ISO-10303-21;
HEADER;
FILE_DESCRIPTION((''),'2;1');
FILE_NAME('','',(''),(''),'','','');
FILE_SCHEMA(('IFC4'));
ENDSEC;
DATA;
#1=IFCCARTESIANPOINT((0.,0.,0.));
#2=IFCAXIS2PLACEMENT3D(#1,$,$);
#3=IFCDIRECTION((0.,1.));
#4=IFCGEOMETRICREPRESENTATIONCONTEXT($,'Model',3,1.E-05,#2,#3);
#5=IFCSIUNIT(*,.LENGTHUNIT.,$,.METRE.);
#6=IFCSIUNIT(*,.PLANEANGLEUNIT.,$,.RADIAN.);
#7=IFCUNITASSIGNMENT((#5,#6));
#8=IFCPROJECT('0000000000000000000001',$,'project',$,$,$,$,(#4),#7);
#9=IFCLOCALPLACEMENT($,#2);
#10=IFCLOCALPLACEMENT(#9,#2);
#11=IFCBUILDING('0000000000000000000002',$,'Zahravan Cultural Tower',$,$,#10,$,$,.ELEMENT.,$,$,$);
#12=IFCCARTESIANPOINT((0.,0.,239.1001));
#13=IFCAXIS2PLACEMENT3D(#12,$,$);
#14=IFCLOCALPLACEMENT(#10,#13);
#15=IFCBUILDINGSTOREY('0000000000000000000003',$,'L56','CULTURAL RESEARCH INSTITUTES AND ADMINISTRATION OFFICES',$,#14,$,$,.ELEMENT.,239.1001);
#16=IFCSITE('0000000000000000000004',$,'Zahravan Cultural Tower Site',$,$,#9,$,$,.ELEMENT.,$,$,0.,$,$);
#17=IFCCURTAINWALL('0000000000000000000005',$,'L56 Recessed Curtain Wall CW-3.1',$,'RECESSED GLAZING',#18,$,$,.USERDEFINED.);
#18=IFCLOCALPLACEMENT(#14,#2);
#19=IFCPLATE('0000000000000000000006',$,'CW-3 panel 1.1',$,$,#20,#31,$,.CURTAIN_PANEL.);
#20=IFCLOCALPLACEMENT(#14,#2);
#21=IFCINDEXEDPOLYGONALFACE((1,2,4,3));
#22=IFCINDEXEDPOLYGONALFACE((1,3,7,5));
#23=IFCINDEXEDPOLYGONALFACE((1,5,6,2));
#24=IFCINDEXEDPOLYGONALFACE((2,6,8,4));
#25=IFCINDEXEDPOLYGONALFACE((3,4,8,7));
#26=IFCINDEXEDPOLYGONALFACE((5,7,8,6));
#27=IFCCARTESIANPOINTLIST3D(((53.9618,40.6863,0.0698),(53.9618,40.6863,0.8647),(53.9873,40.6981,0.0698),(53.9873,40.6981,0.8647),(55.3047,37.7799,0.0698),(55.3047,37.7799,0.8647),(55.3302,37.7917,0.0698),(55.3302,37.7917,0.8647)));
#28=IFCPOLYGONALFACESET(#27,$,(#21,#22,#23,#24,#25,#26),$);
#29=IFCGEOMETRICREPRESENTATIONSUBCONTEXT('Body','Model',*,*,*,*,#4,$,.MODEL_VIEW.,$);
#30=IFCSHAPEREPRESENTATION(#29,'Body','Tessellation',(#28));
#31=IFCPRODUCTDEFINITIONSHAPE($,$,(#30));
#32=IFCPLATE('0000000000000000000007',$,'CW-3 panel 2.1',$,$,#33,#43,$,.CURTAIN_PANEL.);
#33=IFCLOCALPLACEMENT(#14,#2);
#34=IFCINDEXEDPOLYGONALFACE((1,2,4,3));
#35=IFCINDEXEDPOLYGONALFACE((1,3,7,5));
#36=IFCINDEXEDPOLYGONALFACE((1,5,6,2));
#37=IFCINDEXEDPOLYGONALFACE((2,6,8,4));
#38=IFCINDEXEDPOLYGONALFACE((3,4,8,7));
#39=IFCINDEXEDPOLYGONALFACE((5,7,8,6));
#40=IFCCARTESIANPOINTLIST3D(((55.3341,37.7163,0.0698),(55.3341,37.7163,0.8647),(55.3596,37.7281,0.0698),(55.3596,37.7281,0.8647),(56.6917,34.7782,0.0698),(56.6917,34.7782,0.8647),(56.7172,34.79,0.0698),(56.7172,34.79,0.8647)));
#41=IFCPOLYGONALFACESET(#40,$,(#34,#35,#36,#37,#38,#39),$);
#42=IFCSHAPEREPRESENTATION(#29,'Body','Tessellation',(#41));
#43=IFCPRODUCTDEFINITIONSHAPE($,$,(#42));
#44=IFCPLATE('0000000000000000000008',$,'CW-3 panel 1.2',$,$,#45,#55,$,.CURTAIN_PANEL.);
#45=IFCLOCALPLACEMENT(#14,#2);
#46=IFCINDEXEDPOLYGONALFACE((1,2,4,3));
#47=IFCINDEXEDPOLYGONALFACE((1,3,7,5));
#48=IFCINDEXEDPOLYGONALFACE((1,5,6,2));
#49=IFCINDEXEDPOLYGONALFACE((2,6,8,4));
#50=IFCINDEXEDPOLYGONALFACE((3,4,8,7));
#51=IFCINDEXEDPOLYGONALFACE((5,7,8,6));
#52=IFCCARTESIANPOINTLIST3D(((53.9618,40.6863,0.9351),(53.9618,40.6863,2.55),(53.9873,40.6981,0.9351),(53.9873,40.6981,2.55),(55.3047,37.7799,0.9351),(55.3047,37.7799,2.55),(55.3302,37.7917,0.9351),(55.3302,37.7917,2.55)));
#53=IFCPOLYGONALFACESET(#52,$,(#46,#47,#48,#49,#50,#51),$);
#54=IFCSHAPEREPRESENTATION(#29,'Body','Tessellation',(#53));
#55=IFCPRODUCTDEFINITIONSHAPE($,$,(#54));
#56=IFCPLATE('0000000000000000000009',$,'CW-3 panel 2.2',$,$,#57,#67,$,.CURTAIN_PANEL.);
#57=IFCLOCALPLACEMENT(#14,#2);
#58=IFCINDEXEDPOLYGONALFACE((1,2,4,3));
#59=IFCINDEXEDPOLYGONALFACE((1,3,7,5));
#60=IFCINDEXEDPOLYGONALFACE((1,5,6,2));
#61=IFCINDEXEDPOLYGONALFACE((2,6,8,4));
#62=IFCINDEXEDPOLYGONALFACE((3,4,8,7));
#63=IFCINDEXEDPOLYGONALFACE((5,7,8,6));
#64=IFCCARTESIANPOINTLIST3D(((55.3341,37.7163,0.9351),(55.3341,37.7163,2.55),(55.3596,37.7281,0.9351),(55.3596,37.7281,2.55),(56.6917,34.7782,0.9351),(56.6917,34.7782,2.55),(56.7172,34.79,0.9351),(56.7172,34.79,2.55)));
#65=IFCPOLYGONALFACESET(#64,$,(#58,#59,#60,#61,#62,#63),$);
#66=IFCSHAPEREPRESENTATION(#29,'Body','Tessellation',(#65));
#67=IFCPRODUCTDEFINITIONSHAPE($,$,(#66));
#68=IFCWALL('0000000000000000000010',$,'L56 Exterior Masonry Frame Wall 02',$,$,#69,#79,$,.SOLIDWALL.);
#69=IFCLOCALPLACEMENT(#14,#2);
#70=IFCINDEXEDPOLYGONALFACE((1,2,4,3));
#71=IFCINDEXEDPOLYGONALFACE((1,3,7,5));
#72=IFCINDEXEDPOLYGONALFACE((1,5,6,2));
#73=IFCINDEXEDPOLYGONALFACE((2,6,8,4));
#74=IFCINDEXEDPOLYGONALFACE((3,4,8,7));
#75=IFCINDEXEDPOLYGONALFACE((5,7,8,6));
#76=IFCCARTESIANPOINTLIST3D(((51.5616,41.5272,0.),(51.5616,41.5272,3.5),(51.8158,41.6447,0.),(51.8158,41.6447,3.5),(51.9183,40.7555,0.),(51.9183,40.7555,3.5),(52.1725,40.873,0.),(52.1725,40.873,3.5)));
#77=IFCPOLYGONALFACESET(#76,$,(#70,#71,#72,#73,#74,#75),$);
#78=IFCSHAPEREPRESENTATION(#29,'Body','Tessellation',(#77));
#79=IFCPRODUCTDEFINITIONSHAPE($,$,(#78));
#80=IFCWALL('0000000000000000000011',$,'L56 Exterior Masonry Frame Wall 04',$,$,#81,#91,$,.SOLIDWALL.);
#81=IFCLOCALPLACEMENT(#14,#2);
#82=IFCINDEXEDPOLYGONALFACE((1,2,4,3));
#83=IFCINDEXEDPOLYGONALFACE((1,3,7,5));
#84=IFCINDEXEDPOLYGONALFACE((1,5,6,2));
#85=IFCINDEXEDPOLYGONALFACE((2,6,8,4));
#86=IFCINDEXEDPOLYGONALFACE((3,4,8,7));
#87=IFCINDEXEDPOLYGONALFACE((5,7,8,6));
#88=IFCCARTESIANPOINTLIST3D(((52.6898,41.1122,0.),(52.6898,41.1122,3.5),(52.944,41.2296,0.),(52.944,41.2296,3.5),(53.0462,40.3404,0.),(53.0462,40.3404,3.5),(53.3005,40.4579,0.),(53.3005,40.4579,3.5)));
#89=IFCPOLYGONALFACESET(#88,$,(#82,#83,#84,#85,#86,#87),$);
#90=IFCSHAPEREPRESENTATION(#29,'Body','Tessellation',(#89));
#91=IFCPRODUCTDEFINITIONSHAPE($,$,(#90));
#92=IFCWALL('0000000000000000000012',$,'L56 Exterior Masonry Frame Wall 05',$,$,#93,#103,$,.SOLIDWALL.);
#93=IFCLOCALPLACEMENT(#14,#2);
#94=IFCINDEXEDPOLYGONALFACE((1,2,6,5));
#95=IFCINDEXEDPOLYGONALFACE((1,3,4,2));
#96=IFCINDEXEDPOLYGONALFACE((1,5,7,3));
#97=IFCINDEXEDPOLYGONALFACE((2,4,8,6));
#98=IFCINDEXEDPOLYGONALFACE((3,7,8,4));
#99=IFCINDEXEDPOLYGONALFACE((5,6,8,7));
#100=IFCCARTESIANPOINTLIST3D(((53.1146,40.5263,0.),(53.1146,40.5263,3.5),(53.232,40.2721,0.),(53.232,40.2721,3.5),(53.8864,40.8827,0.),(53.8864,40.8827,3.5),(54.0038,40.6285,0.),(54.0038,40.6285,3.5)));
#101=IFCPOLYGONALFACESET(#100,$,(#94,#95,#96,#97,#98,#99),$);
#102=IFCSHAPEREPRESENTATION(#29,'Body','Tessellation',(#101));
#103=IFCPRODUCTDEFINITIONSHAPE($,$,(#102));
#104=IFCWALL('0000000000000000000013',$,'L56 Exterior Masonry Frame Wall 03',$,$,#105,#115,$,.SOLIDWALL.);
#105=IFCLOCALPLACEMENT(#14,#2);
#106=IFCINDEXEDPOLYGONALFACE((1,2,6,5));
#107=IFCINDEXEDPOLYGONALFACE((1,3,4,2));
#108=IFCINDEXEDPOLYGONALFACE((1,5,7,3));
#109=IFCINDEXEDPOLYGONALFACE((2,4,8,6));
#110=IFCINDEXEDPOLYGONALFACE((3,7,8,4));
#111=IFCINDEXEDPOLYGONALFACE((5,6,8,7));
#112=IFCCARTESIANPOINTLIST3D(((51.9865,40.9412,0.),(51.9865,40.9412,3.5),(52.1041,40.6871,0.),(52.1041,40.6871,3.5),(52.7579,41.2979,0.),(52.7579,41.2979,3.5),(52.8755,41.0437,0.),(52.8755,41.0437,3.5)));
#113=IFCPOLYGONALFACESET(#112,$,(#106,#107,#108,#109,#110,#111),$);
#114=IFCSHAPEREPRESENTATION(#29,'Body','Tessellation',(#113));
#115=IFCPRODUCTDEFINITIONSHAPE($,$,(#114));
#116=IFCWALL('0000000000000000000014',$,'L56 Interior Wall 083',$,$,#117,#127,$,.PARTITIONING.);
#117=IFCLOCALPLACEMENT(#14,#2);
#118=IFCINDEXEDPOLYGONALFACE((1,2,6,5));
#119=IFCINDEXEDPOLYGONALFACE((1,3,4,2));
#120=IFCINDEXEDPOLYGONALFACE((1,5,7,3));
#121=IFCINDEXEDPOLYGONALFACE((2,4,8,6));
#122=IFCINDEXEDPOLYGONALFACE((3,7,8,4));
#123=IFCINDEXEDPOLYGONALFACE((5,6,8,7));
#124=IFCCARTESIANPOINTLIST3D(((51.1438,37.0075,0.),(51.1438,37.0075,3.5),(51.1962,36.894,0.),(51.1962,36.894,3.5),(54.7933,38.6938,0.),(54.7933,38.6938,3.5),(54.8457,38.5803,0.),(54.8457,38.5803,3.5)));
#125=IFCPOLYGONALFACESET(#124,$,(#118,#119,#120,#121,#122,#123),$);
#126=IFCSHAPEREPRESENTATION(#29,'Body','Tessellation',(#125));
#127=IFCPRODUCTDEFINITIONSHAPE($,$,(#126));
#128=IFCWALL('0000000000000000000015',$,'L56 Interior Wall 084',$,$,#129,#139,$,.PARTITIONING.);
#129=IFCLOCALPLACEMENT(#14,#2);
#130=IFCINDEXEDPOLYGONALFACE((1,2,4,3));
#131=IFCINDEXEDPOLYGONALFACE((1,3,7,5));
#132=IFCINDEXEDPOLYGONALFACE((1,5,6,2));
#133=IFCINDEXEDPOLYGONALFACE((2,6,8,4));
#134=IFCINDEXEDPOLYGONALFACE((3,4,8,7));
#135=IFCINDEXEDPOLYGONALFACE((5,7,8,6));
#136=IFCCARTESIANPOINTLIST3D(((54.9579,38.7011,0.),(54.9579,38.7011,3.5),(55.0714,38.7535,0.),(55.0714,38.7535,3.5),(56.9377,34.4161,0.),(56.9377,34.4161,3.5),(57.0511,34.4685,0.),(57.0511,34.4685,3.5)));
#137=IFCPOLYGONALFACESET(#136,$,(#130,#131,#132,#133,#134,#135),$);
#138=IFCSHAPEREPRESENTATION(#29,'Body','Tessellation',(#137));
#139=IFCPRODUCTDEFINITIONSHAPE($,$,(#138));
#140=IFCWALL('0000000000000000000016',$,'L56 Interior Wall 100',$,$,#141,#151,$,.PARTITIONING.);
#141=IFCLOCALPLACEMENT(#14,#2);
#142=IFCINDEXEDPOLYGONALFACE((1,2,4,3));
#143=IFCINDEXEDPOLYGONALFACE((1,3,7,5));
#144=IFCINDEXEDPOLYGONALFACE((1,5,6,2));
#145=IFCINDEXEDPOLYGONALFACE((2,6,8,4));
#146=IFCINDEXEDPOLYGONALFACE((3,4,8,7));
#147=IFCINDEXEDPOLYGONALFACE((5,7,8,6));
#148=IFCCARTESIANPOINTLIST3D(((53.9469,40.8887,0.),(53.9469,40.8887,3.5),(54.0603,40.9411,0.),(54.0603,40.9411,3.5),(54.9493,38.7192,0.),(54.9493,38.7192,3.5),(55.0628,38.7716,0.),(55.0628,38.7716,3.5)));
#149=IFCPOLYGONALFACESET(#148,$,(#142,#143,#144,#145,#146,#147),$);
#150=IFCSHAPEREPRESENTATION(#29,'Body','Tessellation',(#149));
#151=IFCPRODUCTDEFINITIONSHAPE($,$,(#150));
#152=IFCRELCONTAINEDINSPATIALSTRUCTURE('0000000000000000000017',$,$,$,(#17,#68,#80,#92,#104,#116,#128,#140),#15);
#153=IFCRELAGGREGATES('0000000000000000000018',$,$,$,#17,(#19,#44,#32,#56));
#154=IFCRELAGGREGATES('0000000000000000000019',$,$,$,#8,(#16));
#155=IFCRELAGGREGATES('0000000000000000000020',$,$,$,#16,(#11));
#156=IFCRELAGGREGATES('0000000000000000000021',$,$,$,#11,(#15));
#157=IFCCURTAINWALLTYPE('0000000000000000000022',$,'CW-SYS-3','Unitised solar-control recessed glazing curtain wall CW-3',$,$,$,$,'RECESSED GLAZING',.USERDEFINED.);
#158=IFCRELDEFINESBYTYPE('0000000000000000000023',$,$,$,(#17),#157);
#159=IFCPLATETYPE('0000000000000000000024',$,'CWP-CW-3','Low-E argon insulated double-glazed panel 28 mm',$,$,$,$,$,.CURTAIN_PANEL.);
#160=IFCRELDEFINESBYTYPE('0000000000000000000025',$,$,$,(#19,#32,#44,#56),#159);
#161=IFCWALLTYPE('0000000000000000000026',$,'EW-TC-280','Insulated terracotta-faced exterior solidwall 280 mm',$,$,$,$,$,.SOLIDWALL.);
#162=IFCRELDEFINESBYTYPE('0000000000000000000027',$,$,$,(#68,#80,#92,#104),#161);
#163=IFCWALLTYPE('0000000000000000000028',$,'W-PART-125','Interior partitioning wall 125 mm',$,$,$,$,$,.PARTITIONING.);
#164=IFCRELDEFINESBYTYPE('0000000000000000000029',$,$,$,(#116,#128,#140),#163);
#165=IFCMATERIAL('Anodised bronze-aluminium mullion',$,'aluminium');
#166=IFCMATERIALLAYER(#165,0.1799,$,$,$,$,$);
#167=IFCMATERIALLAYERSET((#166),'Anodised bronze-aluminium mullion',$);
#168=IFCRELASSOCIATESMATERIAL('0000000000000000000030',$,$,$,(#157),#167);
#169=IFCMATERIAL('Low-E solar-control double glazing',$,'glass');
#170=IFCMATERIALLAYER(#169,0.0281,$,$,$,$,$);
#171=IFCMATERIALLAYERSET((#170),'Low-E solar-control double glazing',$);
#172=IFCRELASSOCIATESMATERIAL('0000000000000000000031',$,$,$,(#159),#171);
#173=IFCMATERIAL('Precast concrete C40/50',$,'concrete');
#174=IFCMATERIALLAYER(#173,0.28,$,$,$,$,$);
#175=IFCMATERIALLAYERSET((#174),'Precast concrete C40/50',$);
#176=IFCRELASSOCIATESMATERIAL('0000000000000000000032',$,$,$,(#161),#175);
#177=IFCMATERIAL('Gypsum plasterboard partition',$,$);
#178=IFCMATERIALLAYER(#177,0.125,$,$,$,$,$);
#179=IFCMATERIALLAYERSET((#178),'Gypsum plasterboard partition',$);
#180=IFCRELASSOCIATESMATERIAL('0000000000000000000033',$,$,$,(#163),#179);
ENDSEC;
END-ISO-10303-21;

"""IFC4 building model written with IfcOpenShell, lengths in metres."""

from ifc_helpers import new_model, si_unit, direction, frame, frame_2d, origin, origin_2d, place, context, subcontext, project, spatial, rectangle, extrude, source, transform, mapped, material, layer, layer_set, type_object, element, aggregate, save


model = new_model("IFC4")

# Units and contexts
model_context = context("Model", 3, precision=1e-05, world=origin(), true_north=direction((0.0, 1.0)))
body_context = subcontext(model_context, "Body", "Model", "MODEL_VIEW")
ifc_project = project(units=[si_unit("LENGTHUNIT", "METRE"), si_unit("PLANEANGLEUNIT", "RADIAN")], contexts=[model_context])

# Site, building, storey
site_placement = place(None, origin())
site = spatial("IfcSite", under=ifc_project, at=site_placement, Name="Zahravan Cultural Tower Site", CompositionType="ELEMENT", RefElevation=0.0)
building_placement = place(site_placement, origin())
building = spatial("IfcBuilding", under=site, at=building_placement, Name="Zahravan Cultural Tower", CompositionType="ELEMENT")
storey_placement = place(building_placement, frame((0.0, 0.0, 239.1001)))
storey = spatial("IfcBuildingStorey", under=building, at=storey_placement, Name="L56", Description="CULTURAL RESEARCH INSTITUTES AND ADMINISTRATION OFFICES", CompositionType="ELEMENT", Elevation=239.1001)

# Curtain wall, plates
ifc_material_1 = material(Name="Anodised bronze-aluminium mullion", Category="aluminium")
ifc_layer_1 = layer(ifc_material_1, 0.1799)
ifc_layer_set_1 = layer_set([ifc_layer_1], Name="Anodised bronze-aluminium mullion")
curtain_wall_type = type_object("IfcCurtainWallType", Name="CW-SYS-3", Description="Unitised solar-control recessed glazing curtain wall CW-3", ElementType="RECESSED GLAZING", PredefinedType="USERDEFINED", material=ifc_layer_set_1)
curtain_wall_placement = place(storey_placement, origin())
curtain_wall = element("IfcCurtainWall", 1, at=curtain_wall_placement, inside=storey, type_object=curtain_wall_type, Name="L56 Recessed Curtain Wall CW-3.1", ObjectType="RECESSED GLAZING", PredefinedType="USERDEFINED")
ifc_material_2 = material(Name="Low-E solar-control double glazing", Category="glass")
ifc_layer_2 = layer(ifc_material_2, 0.0281)
ifc_layer_set_2 = layer_set([ifc_layer_2], Name="Low-E solar-control double glazing")
plate_type = type_object("IfcPlateType", Name="CWP-CW-3", Description="Low-E argon insulated double-glazed panel 28 mm", PredefinedType="CURTAIN_PANEL", material=ifc_layer_set_2)
shared_shape_1 = source(origin(), body_context, "Body", "SweptSolid", [
    extrude(rectangle(XDim=3.2017, YDim=0.0281, at=origin_2d()), origin(), (0.0, 0.0, 1.0), 0.7949),
])
plate_1_placement = place(storey_placement, frame((54.646, 39.239, 0.0698), z_axis=(0.0, 0.0, 1.0), x_axis=(0.419457, -0.907775, 0.0)))
plate_1 = element("IfcPlate", 2, at=plate_1_placement, type_object=plate_type, Name="CW-3 panel 1.1", PredefinedType="CURTAIN_PANEL", context=body_context, shape_type="MappedRepresentation", body=[
    mapped(shared_shape_1, transform((0.0, 0.0, 0.0), x_axis=(1.0, 0.0, 0.0), y_axis=(0.0, 1.0, 0.0), z_axis=(0.0, 0.0, 1.0), scale=1.0)),
])
shared_shape_2 = source(origin(), body_context, "Body", "SweptSolid", [
    extrude(rectangle(XDim=3.2366, YDim=0.0281, at=origin_2d()), origin(), (0.0, 0.0, 1.0), 0.7949),
])
plate_2_placement = place(storey_placement, frame((56.0256, 36.2532, 0.0698), z_axis=(0.0, 0.0, 1.0), x_axis=(0.419457, -0.907775, 0.0)))
plate_2 = element("IfcPlate", 3, at=plate_2_placement, type_object=plate_type, Name="CW-3 panel 2.1", PredefinedType="CURTAIN_PANEL", context=body_context, shape_type="MappedRepresentation", body=[
    mapped(shared_shape_2, transform((0.0, 0.0, 0.0), x_axis=(1.0, 0.0, 0.0), y_axis=(0.0, 1.0, 0.0), z_axis=(0.0, 0.0, 1.0), scale=1.0)),
])
shared_shape_3 = source(origin(), body_context, "Body", "SweptSolid", [
    extrude(rectangle(XDim=3.2017, YDim=0.0281, at=origin_2d()), origin(), (0.0, 0.0, 1.0), 1.615),
])
plate_3_placement = place(storey_placement, frame((54.646, 39.239, 0.9351), z_axis=(0.0, 0.0, 1.0), x_axis=(0.419457, -0.907775, 0.0)))
plate_3 = element("IfcPlate", 4, at=plate_3_placement, type_object=plate_type, Name="CW-3 panel 1.2", PredefinedType="CURTAIN_PANEL", context=body_context, shape_type="MappedRepresentation", body=[
    mapped(shared_shape_3, transform((0.0, 0.0, 0.0), x_axis=(1.0, 0.0, 0.0), y_axis=(0.0, 1.0, 0.0), z_axis=(0.0, 0.0, 1.0), scale=1.0)),
])
shared_shape_4 = source(origin(), body_context, "Body", "SweptSolid", [
    extrude(rectangle(XDim=3.2366, YDim=0.0281, at=origin_2d()), origin(), (0.0, 0.0, 1.0), 1.615),
])
plate_4_placement = place(storey_placement, frame((56.0256, 36.2532, 0.9351), z_axis=(0.0, 0.0, 1.0), x_axis=(0.419457, -0.907775, 0.0)))
plate_4 = element("IfcPlate", 5, at=plate_4_placement, type_object=plate_type, Name="CW-3 panel 2.2", PredefinedType="CURTAIN_PANEL", context=body_context, shape_type="MappedRepresentation", body=[
    mapped(shared_shape_4, transform((0.0, 0.0, 0.0), x_axis=(1.0, 0.0, 0.0), y_axis=(0.0, 1.0, 0.0), z_axis=(0.0, 0.0, 1.0), scale=1.0)),
])
aggregate(curtain_wall, [plate_1, plate_3, plate_2, plate_4])

# Walls
ifc_material_3 = material(Name="Precast concrete C40/50", Category="concrete")
ifc_layer_3 = layer(ifc_material_3, 0.28)
ifc_layer_set_3 = layer_set([ifc_layer_3], Name="Precast concrete C40/50")
wall_type_1 = type_object("IfcWallType", Name="EW-TC-280", Description="Insulated terracotta-faced exterior solidwall 280 mm", PredefinedType="SOLIDWALL", material=ifc_layer_set_3)
shared_shape_5 = source(origin(), body_context, "Body", "SweptSolid", [
    extrude(rectangle(XDim=0.8501, YDim=0.28, at=frame_2d((0.425, 0.0))), origin(), (0.0, 0.0, 1.0), 3.5),
])
for number, where, z_axis, x_axis, name in (
    (6, (51.6887, 41.5859, 0.0), (0.0, 0.0, 1.0), (0.41955, -0.907732, 0.0), "L56 Exterior Masonry Frame Wall 02"),
    (7, (52.8169, 41.1709, 0.0), (0.0, 0.0, 1.0), (0.419313, -0.907842, 0.0), "L56 Exterior Masonry Frame Wall 04"),
    (8, (53.1733, 40.3992, 0.0), (0.0, 0.0, 1.0), (0.907842, 0.419313, 0.0), "L56 Exterior Masonry Frame Wall 05"),
):
    element("IfcWall", number, at=place(storey_placement, frame(where, z_axis=z_axis, x_axis=x_axis)), inside=storey, type_object=wall_type_1, Name=name, PredefinedType="SOLIDWALL", context=body_context, shape_type="MappedRepresentation", body=[
        mapped(shared_shape_5, transform((0.0, 0.0, 0.0), x_axis=(1.0, 0.0, 0.0), y_axis=(0.0, 1.0, 0.0), z_axis=(0.0, 0.0, 1.0), scale=1.0)),
    ])
shared_shape_6 = source(origin(), body_context, "Body", "SweptSolid", [
    extrude(rectangle(XDim=0.8499, YDim=0.28, at=frame_2d((0.4248, 0.0))), origin(), (0.0, 0.0, 1.0), 3.5),
])
wall_1_placement = place(storey_placement, frame((52.0454, 40.8142, 0.0), z_axis=(0.0, 0.0, 1.0), x_axis=(0.907682, 0.419659, 0.0)))
element("IfcWall", 9, at=wall_1_placement, inside=storey, type_object=wall_type_1, Name="L56 Exterior Masonry Frame Wall 03", PredefinedType="SOLIDWALL", context=body_context, shape_type="MappedRepresentation", body=[
    mapped(shared_shape_6, transform((0.0, 0.0, 0.0), x_axis=(1.0, 0.0, 0.0), y_axis=(0.0, 1.0, 0.0), z_axis=(0.0, 0.0, 1.0), scale=1.0)),
])
ifc_material_4 = material(Name="Gypsum plasterboard partition")
ifc_layer_4 = layer(ifc_material_4, 0.125)
ifc_layer_set_4 = layer_set([ifc_layer_4], Name="Gypsum plasterboard partition")
wall_type_2 = type_object("IfcWallType", Name="W-PART-125", Description="Interior partitioning wall 125 mm", PredefinedType="PARTITIONING", material=ifc_layer_set_4)
shared_shape_7 = source(origin(), body_context, "Body", "SweptSolid", [
    extrude(rectangle(XDim=4.0203, YDim=0.125, at=frame_2d((2.0103, 0.0))), origin(), (0.0, 0.0, 1.0), 3.5),
])
wall_2_placement = place(storey_placement, frame((51.1699, 36.9507, 0.0), z_axis=(0.0, 0.0, 1.0), x_axis=(0.907776, 0.419455, 0.0)))
element("IfcWall", 10, at=wall_2_placement, inside=storey, type_object=wall_type_2, Name="L56 Interior Wall 083", PredefinedType="PARTITIONING", context=body_context, shape_type="MappedRepresentation", body=[
    mapped(shared_shape_7, transform((0.0, 0.0, 0.0), x_axis=(1.0, 0.0, 0.0), y_axis=(0.0, 1.0, 0.0), z_axis=(0.0, 0.0, 1.0), scale=1.0)),
])
shared_shape_8 = source(origin(), body_context, "Body", "SweptSolid", [
    extrude(rectangle(XDim=4.7202, YDim=0.125, at=frame_2d((2.3601, 0.0))), origin(), (0.0, 0.0, 1.0), 3.5),
])
wall_3_placement = place(storey_placement, frame((55.0146, 38.7273, 0.0), z_axis=(0.0, 0.0, 1.0), x_axis=(0.419422, -0.907791, 0.0)))
element("IfcWall", 11, at=wall_3_placement, inside=storey, type_object=wall_type_2, Name="L56 Interior Wall 084", PredefinedType="PARTITIONING", context=body_context, shape_type="MappedRepresentation", body=[
    mapped(shared_shape_8, transform((0.0, 0.0, 0.0), x_axis=(1.0, 0.0, 0.0), y_axis=(0.0, 1.0, 0.0), z_axis=(0.0, 0.0, 1.0), scale=1.0)),
])
shared_shape_9 = source(origin(), body_context, "Body", "SweptSolid", [
    extrude(rectangle(XDim=2.3899, YDim=0.125, at=frame_2d((1.1948, 0.0))), origin(), (0.0, 0.0, 1.0), 3.5),
])
wall_4_placement = place(storey_placement, frame((54.0037, 40.9148, 0.0), z_axis=(0.0, 0.0, 1.0), x_axis=(0.41946, -0.907774, 0.0)))
element("IfcWall", 12, at=wall_4_placement, inside=storey, type_object=wall_type_2, Name="L56 Interior Wall 100", PredefinedType="PARTITIONING", context=body_context, shape_type="MappedRepresentation", body=[
    mapped(shared_shape_9, transform((0.0, 0.0, 0.0), x_axis=(1.0, 0.0, 0.0), y_axis=(0.0, 1.0, 0.0), z_axis=(0.0, 0.0, 1.0), scale=1.0)),
])

save(model, "model.ifc")
